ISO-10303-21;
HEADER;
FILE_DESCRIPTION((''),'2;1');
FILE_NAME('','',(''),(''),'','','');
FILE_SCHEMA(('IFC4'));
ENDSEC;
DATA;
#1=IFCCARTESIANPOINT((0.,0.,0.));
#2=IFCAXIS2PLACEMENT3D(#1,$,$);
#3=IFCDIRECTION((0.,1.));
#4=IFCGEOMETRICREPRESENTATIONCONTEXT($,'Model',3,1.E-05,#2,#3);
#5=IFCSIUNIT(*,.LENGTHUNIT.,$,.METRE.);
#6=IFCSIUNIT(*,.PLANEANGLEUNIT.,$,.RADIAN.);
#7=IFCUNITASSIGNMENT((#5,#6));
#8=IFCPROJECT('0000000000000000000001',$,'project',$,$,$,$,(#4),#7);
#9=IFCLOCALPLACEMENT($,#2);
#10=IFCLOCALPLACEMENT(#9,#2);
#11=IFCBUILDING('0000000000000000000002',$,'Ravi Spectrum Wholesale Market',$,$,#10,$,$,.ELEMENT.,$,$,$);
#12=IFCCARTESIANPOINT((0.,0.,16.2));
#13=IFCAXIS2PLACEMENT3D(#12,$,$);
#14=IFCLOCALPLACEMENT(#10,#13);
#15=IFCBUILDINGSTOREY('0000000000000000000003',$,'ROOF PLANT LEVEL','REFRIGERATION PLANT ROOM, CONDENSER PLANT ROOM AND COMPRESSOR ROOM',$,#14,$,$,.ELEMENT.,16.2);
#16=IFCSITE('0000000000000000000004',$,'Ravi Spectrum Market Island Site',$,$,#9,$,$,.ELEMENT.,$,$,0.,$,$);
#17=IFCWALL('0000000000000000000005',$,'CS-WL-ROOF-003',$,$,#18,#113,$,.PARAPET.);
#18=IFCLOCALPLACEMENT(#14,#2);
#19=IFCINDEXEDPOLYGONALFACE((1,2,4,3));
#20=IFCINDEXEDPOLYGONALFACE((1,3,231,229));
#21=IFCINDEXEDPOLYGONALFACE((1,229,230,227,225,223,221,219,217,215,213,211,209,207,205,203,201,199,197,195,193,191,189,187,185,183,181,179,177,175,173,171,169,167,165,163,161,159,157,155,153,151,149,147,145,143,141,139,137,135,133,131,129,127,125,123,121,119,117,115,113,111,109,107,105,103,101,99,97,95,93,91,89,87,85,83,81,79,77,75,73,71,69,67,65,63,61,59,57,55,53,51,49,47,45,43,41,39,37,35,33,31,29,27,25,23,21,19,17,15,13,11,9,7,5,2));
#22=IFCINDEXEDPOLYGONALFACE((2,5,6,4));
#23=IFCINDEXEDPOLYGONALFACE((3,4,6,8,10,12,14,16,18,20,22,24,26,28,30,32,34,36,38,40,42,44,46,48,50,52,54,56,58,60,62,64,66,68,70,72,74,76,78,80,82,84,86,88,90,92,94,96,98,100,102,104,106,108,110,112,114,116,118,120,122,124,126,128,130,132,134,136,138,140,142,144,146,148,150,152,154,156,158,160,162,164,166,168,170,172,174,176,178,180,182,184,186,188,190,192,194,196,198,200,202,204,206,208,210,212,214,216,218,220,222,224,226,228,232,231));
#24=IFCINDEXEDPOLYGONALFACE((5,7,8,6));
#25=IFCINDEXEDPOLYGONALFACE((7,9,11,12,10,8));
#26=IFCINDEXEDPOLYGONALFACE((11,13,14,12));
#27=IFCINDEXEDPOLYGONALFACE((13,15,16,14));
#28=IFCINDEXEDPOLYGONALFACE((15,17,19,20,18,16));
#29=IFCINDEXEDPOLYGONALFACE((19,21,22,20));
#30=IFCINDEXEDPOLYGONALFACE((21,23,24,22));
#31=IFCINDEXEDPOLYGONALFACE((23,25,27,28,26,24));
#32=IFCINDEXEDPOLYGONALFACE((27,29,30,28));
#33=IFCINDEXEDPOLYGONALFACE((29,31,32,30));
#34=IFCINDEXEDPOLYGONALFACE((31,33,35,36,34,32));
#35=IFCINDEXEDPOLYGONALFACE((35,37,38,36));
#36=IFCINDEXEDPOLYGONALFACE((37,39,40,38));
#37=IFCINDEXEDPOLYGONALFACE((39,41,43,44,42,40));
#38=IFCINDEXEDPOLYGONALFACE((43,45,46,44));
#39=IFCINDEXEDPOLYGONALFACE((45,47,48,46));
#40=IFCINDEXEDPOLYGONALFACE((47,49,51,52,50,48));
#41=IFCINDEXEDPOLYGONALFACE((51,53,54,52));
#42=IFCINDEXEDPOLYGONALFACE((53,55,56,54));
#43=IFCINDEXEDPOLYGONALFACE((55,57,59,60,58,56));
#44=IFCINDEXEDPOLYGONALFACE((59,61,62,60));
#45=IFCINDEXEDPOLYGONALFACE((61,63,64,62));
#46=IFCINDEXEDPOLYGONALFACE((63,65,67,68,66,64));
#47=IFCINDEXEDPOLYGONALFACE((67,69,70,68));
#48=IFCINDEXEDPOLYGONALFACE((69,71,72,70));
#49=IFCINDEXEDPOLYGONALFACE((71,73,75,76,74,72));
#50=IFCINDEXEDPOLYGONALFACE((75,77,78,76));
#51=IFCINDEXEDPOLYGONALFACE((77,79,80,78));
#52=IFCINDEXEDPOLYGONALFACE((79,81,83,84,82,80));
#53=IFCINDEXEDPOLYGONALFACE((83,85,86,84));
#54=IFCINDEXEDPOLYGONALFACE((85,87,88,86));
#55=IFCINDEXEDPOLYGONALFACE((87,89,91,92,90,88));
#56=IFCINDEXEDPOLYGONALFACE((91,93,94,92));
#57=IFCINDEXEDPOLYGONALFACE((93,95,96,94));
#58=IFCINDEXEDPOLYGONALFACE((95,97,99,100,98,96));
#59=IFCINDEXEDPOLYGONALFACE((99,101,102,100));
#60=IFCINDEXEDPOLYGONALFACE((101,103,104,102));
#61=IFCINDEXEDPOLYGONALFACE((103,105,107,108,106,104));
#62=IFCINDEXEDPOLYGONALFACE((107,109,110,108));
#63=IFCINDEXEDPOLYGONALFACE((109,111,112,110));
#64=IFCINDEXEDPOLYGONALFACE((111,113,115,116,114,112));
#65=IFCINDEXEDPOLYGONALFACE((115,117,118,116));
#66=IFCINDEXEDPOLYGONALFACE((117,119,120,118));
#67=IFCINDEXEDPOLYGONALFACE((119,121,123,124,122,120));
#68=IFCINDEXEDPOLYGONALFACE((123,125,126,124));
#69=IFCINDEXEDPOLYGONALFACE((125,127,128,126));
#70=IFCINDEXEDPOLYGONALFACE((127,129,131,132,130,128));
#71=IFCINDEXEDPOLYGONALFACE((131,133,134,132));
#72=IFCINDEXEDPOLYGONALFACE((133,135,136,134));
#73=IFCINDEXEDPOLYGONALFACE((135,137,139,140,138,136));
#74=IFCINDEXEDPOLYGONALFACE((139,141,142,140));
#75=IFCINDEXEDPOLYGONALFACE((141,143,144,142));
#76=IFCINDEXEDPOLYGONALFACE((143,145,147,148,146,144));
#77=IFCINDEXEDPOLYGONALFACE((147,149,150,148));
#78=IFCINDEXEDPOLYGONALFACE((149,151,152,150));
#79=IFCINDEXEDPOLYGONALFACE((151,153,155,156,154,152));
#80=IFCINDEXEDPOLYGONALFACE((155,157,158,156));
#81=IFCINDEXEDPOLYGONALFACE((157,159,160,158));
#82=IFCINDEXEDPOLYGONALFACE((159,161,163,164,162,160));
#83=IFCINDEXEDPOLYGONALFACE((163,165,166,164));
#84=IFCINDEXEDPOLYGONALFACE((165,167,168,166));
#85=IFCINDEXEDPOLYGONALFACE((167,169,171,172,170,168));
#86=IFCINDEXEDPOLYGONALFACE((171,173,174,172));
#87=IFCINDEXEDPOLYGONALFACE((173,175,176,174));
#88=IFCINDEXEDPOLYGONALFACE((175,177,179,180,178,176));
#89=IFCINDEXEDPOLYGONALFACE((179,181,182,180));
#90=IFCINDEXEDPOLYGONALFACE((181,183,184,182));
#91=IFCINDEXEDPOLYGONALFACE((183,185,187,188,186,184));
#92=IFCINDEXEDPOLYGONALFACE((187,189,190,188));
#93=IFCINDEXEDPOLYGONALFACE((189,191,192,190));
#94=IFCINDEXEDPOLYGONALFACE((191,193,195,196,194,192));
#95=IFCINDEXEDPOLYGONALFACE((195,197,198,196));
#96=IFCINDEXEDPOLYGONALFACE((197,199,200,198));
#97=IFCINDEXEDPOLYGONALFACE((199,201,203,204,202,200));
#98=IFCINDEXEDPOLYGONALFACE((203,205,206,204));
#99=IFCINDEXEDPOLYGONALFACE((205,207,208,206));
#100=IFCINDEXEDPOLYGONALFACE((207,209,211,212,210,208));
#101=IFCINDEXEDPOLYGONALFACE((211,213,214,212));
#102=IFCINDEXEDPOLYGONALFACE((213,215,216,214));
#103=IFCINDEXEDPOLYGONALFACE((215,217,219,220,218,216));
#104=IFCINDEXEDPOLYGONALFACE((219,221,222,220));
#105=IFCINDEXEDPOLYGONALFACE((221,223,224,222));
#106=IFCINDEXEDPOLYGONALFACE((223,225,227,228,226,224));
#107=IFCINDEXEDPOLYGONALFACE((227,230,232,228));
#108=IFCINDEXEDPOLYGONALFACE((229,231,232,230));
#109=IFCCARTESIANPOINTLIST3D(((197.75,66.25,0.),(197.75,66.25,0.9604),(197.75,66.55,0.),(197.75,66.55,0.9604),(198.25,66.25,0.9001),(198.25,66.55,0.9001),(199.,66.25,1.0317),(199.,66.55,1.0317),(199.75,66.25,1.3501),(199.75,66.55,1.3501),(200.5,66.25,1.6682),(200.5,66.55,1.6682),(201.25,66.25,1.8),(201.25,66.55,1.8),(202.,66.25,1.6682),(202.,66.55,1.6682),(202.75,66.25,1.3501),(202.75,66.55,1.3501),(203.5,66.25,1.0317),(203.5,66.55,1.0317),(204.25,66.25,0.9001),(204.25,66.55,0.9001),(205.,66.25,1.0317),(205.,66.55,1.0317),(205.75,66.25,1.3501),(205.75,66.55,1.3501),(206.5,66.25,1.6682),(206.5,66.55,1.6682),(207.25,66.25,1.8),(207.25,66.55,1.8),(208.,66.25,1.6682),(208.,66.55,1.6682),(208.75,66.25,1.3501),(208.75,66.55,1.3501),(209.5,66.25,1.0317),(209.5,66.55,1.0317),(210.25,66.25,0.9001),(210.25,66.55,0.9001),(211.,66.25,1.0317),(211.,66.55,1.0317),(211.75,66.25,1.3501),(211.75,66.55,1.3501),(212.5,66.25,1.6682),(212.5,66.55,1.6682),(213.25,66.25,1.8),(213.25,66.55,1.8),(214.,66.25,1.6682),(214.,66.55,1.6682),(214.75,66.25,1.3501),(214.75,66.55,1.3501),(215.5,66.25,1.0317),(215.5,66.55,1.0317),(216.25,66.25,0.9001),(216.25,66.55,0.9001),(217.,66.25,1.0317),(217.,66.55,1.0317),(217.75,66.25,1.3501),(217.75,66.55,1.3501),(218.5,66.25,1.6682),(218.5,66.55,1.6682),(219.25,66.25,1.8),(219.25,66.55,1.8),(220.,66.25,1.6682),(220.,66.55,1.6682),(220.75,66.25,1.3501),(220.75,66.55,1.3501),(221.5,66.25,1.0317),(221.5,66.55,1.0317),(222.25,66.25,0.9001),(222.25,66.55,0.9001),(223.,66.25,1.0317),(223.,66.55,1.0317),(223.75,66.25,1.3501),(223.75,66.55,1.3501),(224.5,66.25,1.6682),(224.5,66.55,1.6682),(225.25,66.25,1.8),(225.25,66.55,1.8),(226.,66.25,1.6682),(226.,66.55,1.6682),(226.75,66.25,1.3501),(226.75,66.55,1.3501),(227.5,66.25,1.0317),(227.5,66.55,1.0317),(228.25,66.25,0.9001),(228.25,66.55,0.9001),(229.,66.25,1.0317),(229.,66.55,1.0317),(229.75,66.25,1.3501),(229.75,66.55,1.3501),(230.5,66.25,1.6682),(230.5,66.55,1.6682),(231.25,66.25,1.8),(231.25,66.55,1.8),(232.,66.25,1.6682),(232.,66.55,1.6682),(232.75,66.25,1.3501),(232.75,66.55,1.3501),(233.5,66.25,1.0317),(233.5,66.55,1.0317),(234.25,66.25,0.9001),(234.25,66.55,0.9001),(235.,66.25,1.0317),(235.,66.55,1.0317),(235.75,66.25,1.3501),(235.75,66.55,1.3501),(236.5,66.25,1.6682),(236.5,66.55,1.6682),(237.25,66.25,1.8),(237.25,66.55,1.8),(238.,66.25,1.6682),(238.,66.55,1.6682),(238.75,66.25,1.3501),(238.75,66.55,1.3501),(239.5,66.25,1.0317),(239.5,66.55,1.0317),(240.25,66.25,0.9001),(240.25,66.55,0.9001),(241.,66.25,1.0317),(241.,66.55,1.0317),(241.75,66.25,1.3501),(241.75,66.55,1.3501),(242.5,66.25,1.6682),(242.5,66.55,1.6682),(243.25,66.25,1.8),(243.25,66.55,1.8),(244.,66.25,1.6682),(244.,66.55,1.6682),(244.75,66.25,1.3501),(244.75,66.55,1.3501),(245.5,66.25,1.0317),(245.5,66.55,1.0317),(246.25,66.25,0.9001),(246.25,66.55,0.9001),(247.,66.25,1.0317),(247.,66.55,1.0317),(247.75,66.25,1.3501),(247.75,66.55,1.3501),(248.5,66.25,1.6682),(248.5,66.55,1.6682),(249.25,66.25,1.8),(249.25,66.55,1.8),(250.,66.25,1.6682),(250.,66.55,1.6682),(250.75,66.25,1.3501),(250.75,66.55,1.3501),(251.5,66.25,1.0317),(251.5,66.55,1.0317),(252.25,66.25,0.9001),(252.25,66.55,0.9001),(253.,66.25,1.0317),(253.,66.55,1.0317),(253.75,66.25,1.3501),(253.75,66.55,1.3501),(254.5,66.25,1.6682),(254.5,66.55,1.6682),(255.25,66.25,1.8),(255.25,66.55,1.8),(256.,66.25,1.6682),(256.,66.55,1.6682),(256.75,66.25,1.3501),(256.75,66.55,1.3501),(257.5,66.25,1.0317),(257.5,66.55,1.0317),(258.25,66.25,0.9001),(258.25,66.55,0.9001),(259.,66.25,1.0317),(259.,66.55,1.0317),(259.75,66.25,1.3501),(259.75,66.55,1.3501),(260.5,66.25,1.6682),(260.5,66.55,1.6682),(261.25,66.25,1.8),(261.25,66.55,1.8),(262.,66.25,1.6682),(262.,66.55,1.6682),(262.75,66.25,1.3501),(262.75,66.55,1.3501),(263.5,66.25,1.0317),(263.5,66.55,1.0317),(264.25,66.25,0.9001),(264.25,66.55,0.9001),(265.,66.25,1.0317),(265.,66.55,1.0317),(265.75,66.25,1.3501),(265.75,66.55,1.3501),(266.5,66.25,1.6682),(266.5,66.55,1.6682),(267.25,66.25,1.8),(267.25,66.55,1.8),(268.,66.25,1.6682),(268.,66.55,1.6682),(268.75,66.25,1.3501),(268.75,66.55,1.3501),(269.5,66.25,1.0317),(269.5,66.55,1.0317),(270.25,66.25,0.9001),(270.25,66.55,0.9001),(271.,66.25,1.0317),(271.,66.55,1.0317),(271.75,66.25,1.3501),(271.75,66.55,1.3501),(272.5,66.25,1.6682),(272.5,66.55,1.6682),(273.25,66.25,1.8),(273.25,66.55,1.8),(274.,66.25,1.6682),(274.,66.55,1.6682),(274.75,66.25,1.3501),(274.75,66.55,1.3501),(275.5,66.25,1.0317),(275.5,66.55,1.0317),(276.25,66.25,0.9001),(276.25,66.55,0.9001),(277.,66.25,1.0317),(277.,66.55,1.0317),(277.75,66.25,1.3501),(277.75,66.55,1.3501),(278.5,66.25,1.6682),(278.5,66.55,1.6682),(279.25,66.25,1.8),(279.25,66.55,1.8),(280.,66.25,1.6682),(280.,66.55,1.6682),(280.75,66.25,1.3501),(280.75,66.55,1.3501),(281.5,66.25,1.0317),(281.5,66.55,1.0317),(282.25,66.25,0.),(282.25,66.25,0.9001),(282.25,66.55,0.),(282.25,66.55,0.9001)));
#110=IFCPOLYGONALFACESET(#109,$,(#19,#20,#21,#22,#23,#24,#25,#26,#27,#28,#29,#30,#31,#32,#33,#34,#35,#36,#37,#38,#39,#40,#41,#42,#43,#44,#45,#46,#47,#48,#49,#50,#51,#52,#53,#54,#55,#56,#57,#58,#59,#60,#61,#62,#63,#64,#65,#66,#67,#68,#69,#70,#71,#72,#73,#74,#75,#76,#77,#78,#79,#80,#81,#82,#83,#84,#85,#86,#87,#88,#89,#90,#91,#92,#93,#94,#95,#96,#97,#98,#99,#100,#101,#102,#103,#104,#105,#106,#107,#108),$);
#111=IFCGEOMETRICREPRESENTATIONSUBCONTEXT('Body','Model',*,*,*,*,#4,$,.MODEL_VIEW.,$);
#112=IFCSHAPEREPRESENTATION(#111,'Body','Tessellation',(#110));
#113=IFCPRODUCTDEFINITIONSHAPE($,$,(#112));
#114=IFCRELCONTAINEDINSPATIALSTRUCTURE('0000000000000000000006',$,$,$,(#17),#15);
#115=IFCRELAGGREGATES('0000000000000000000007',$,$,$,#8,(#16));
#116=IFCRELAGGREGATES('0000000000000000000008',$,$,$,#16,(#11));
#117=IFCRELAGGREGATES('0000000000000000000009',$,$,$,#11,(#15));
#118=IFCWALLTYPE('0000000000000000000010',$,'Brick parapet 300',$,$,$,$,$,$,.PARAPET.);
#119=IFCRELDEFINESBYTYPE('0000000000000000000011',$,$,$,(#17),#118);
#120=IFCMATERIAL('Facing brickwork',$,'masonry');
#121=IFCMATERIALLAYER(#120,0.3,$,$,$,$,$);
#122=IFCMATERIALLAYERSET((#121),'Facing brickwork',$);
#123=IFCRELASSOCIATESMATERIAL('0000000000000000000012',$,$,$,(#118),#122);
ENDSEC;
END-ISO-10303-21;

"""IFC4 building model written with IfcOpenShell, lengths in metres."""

from ifc_helpers import new_model, si_unit, direction, frame, origin, place, context, subcontext, project, spatial, polyline, outline, extrude, material, layer, layer_set, type_object, element, save


model = new_model("IFC4")

# Units and contexts
model_context = context("Model", 3, precision=1e-05, world=origin(), true_north=direction((0.0, 1.0)))
body_context = subcontext(model_context, "Body", "Model", "MODEL_VIEW")
ifc_project = project(units=[si_unit("LENGTHUNIT", "METRE"), si_unit("PLANEANGLEUNIT", "RADIAN")], contexts=[model_context])

# Site, building, storey
site_placement = place(None, origin())
site = spatial("IfcSite", under=ifc_project, at=site_placement, Name="Ravi Spectrum Market Island Site", CompositionType="ELEMENT", RefElevation=0.0)
building_placement = place(site_placement, origin())
building = spatial("IfcBuilding", under=site, at=building_placement, Name="Ravi Spectrum Wholesale Market", CompositionType="ELEMENT")
storey_placement = place(building_placement, frame((0.0, 0.0, 16.2)))
storey = spatial("IfcBuildingStorey", under=building, at=storey_placement, Name="ROOF PLANT LEVEL", Description="REFRIGERATION PLANT ROOM, CONDENSER PLANT ROOM AND COMPRESSOR ROOM", CompositionType="ELEMENT", Elevation=16.2)

# Wall
ifc_material_1 = material(Name="Facing brickwork", Category="masonry")
ifc_layer_1 = layer(ifc_material_1, 0.3)
ifc_layer_set_1 = layer_set([ifc_layer_1], Name="Facing brickwork")
wall_type_1 = type_object("IfcWallType", Name="Brick parapet 300", PredefinedType="PARAPET", material=ifc_layer_set_1)
wall_1_placement = place(storey_placement, frame((282.25, 66.3999, 0.0), z_axis=(0.0, 0.0, 1.0), x_axis=(-1.0, 0.0, 0.0)))
element("IfcWall", 1, at=wall_1_placement, inside=storey, type_object=wall_type_1, Name="CS-WL-ROOF-003", PredefinedType="PARAPET", context=body_context, shape_type="SweptSolid", body=[
    extrude(outline(polyline([(0.0, 0.0), (84.5, 0.0), (84.5, 0.9604), (84.0, 0.9001), (83.25, 1.0317), (82.5, 1.3501), (81.75, 1.6682), (81.0, 1.8), (80.25, 1.6682), (79.5, 1.3501), (78.75, 1.0317), (78.0, 0.9001), (77.25, 1.0317), (76.5, 1.3501), (75.75, 1.6682), (75.0, 1.8), (74.25, 1.6682), (73.5, 1.3501), (72.75, 1.0317), (72.0, 0.9001), (71.25, 1.0317), (70.5, 1.3501), (69.75, 1.6682), (69.0, 1.8), (68.25, 1.6682), (67.5, 1.3501), (66.75, 1.0317), (66.0, 0.9001), (65.25, 1.0317), (64.5, 1.3501), (63.75, 1.6682), (63.0, 1.8), (62.25, 1.6682), (61.5, 1.3501), (60.75, 1.0317), (60.0, 0.9001), (59.25, 1.0317), (58.5, 1.3501), (57.75, 1.6682), (57.0, 1.8), (56.25, 1.6682), (55.5, 1.3501), (54.75, 1.0317), (54.0, 0.9001), (53.25, 1.0317), (52.5, 1.3501), (51.75, 1.6682), (51.0, 1.8), (50.25, 1.6682), (49.5, 1.3501), (48.75, 1.0317), (48.0, 0.9001), (47.25, 1.0317), (46.5, 1.3501), (45.75, 1.6682), (45.0, 1.8), (44.25, 1.6682), (43.5, 1.3501), (42.75, 1.0317), (42.0, 0.9001), (41.25, 1.0317), (40.5, 1.3501), (39.75, 1.6682), (39.0, 1.8), (38.25, 1.6682), (37.5, 1.3501), (36.75, 1.0317), (36.0, 0.9001), (35.25, 1.0317), (34.5, 1.3501), (33.75, 1.6682), (33.0, 1.8), (32.25, 1.6682), (31.5, 1.3501), (30.75, 1.0317), (30.0, 0.9001), (29.25, 1.0317), (28.5, 1.3501), (27.75, 1.6682), (27.0, 1.8), (26.25, 1.6682), (25.5, 1.3501), (24.75, 1.0317), (24.0, 0.9001), (23.25, 1.0317), (22.5, 1.3501), (21.75, 1.6682), (21.0, 1.8), (20.25, 1.6682), (19.5, 1.3501), (18.75, 1.0317), (18.0, 0.9001), (17.25, 1.0317), (16.5, 1.3501), (15.75, 1.6682), (15.0, 1.8), (14.25, 1.6682), (13.5, 1.3501), (12.75, 1.0317), (12.0, 0.9001), (11.25, 1.0317), (10.5, 1.3501), (9.75, 1.6682), (9.0, 1.8), (8.25, 1.6682), (7.5, 1.3501), (6.75, 1.0317), (6.0, 0.9001), (5.25, 1.0317), (4.5, 1.3501), (3.75, 1.6682), (3.0, 1.8), (2.25, 1.6682), (1.5, 1.3501), (0.75, 1.0317), (0.0, 0.9001), (0.0, 0.0)])), frame((0.0, 0.1499, 0.0), z_axis=(0.0, -1.0, 0.0), x_axis=(1.0, 0.0, 0.0)), (0.0, 0.0, 1.0), 0.3),
])

save(model, "model.ifc")
